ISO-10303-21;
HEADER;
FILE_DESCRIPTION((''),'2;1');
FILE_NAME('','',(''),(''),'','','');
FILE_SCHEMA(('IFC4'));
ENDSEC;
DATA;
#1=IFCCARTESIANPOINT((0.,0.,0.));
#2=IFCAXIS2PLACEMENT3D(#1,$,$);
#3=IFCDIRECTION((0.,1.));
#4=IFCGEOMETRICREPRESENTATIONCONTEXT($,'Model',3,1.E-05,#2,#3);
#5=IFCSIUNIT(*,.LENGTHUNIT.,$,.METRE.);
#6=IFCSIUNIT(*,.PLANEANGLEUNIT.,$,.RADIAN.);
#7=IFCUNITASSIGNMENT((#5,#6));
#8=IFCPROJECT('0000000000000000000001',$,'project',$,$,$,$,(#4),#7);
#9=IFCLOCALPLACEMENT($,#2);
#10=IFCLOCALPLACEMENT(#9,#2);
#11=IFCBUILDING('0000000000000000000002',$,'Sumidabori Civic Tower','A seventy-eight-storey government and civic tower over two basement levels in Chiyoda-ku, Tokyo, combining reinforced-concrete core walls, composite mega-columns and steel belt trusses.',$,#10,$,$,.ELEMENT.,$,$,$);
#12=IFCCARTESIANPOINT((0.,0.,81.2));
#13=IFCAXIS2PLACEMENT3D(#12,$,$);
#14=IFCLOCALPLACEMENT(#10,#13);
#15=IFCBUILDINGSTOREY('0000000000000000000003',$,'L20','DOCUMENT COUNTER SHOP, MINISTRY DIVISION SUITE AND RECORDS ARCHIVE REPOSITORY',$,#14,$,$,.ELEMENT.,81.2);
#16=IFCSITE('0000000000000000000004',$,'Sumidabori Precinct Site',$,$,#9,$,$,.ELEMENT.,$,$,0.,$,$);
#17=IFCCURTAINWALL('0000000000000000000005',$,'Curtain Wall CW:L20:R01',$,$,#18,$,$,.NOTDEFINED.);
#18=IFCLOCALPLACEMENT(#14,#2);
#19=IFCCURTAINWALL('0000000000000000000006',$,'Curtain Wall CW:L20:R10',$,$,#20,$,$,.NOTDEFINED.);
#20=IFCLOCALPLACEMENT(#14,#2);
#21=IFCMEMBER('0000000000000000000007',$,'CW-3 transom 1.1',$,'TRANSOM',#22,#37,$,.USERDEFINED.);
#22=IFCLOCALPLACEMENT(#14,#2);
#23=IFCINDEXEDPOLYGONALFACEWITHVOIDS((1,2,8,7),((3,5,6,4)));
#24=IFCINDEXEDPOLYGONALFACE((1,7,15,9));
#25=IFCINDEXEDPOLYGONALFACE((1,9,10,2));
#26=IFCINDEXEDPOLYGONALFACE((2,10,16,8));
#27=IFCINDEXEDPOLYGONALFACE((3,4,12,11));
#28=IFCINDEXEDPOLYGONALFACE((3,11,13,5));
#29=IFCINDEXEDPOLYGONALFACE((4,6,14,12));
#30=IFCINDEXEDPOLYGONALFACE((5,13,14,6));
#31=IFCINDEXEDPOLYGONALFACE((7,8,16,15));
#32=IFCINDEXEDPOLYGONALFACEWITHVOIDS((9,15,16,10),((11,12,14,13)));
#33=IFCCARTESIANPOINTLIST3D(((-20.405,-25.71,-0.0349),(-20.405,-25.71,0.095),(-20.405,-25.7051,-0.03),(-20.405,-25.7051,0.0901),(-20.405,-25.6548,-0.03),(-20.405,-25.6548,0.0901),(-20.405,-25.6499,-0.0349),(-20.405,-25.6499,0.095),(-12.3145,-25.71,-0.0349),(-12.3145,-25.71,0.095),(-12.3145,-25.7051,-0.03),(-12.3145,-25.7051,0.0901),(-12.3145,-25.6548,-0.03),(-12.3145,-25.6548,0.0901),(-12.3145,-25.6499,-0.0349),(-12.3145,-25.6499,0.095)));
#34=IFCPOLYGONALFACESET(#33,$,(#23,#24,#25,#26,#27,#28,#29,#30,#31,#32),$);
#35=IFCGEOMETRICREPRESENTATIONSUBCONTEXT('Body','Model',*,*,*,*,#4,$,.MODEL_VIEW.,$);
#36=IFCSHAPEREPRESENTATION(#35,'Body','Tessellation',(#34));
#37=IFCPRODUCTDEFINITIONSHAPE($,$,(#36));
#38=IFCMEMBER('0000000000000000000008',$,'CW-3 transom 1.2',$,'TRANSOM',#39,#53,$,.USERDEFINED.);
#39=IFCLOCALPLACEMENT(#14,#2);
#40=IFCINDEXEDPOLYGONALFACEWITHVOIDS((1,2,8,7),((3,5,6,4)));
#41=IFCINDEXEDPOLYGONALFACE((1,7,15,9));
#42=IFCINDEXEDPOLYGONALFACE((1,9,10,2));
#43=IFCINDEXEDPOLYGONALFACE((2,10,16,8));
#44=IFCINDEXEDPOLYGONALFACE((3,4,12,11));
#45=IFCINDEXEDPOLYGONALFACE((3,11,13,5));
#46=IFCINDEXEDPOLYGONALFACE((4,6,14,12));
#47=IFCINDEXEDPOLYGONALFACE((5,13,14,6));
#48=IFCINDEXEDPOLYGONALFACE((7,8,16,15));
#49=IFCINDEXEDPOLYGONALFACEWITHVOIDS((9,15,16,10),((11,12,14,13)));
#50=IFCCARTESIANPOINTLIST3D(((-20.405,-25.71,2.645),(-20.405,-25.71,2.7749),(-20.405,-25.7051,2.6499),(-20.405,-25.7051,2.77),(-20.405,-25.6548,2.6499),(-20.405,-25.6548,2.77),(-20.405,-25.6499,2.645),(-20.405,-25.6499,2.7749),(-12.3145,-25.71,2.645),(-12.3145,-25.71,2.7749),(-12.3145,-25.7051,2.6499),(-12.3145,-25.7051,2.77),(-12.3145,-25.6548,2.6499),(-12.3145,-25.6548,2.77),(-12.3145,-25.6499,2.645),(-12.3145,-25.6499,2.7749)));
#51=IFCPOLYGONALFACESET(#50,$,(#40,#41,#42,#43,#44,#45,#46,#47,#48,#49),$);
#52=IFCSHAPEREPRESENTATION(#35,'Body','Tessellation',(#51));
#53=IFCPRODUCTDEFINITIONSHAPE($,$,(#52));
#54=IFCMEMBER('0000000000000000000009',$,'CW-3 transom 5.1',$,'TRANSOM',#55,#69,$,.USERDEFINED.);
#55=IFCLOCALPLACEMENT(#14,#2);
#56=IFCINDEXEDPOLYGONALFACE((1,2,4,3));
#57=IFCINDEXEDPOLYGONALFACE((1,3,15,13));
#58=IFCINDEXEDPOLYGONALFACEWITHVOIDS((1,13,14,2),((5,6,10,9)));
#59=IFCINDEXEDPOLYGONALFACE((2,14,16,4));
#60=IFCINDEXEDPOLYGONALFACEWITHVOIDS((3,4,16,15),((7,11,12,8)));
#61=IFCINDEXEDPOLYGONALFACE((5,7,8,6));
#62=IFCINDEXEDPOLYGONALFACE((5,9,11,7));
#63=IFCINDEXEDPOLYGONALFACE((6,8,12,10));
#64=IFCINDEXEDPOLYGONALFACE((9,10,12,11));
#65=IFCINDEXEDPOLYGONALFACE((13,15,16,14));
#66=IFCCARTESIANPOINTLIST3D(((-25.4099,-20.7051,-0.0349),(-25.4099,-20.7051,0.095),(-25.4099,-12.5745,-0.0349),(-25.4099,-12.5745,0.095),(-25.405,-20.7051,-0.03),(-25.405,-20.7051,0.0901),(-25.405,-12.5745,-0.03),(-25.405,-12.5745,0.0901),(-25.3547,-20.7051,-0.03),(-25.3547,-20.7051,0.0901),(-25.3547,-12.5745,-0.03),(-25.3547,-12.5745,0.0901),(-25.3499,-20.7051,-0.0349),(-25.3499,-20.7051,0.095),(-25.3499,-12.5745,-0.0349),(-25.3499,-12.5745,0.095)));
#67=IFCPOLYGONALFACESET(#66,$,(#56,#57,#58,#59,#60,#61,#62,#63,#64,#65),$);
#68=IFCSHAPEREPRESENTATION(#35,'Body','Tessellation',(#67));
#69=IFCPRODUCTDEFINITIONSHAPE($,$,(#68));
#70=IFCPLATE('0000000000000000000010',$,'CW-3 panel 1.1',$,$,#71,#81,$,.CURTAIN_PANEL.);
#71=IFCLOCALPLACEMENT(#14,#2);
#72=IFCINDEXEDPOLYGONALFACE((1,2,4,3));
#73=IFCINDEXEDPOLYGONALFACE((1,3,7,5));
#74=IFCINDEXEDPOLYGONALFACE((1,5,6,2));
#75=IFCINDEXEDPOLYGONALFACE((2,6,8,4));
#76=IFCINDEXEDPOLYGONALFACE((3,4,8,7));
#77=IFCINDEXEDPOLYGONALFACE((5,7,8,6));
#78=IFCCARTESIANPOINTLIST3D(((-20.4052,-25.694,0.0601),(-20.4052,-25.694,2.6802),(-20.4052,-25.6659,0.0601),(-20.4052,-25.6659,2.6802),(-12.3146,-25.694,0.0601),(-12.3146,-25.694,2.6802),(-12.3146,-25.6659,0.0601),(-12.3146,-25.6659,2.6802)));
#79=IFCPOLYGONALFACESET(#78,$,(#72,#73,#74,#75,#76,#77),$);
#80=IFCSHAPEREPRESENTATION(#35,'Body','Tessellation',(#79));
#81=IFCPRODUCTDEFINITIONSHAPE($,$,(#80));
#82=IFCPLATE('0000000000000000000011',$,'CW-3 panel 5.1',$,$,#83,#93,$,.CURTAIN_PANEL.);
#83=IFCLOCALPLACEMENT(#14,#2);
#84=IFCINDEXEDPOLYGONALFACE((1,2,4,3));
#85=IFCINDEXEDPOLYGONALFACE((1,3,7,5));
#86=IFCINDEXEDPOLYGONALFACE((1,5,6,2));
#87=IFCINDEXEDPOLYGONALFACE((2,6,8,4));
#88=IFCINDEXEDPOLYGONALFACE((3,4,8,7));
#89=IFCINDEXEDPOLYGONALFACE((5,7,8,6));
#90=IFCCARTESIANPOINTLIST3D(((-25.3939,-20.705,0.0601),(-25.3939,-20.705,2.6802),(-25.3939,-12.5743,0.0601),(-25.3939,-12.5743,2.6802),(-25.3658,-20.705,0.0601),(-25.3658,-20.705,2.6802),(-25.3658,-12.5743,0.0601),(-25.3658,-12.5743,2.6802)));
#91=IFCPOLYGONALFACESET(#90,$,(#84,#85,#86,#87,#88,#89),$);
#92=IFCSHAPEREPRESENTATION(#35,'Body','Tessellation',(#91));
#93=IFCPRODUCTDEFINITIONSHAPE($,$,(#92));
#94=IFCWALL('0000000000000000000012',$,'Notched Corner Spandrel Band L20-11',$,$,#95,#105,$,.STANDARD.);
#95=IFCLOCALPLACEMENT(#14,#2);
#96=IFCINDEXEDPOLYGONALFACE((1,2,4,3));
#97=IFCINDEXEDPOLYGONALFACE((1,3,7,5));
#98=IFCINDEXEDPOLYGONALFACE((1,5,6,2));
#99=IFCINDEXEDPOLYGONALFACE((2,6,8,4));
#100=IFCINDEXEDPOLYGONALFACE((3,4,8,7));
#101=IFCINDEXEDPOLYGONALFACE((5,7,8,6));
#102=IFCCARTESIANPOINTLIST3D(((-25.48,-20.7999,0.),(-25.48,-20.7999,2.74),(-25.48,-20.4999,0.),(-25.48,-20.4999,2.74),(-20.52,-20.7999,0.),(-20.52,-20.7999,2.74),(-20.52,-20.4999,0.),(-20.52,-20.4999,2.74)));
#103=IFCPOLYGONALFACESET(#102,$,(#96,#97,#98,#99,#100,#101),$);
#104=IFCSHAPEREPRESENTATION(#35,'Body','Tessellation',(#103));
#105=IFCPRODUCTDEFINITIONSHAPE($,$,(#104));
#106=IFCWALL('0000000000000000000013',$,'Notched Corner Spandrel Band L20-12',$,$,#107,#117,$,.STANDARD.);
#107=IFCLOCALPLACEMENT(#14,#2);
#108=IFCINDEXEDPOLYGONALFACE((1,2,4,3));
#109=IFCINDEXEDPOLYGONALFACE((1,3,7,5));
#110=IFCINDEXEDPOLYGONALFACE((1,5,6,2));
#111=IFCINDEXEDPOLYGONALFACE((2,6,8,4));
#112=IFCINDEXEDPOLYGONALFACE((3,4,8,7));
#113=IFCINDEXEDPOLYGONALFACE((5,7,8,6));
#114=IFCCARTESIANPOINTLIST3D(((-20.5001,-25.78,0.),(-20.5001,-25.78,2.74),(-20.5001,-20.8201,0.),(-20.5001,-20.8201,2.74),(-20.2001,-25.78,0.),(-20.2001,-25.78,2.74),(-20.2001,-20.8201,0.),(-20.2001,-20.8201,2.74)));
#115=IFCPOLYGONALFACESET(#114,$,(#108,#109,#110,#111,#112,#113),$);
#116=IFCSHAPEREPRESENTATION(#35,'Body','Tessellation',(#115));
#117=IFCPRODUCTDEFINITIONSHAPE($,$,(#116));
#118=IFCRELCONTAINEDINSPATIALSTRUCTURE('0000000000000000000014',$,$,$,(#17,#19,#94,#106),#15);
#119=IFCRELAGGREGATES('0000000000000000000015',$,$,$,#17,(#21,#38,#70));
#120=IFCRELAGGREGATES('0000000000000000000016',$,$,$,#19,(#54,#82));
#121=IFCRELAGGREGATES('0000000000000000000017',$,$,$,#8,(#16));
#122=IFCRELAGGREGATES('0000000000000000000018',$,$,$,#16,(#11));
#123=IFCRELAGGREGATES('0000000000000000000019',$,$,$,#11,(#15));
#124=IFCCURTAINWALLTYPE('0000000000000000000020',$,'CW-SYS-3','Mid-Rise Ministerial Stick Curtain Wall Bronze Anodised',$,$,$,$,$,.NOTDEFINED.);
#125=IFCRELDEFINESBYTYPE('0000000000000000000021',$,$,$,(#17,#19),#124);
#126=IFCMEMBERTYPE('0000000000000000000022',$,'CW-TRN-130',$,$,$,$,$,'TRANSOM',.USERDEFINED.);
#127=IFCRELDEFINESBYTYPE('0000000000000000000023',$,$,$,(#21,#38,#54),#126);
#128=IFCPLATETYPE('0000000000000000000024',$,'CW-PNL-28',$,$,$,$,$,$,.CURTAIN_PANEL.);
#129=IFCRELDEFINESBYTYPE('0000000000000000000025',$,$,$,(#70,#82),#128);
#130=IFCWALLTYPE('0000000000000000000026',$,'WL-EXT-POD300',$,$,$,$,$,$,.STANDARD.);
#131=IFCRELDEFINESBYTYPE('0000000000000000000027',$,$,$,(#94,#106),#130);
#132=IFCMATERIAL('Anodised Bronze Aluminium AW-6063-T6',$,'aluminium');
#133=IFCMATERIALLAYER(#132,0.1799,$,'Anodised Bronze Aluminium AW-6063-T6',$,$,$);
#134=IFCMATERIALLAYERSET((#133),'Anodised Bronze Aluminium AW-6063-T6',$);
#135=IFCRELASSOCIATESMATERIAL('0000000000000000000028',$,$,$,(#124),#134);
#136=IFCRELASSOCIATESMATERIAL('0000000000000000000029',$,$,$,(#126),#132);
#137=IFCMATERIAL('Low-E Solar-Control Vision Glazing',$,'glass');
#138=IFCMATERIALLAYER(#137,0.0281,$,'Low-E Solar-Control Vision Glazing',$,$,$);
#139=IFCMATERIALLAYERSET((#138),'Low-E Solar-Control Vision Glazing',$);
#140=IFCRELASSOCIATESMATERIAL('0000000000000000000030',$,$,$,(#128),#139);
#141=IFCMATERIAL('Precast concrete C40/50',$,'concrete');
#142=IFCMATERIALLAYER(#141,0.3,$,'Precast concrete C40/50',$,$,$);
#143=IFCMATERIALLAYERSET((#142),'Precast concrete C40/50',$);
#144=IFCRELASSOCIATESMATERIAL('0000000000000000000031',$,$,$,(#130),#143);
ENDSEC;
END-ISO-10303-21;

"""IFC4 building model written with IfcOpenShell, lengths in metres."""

from ifc_helpers import new_model, si_unit, direction, frame, frame_2d, origin, origin_2d, place, context, subcontext, project, spatial, rectangle, hollow_rectangle, extrude, source, transform, mapped, material, layer, layer_set, material_profile, profile_set, type_object, element, aggregate, save


model = new_model("IFC4")

# Units and contexts
model_context = context("Model", 3, precision=1e-05, world=origin(), true_north=direction((0.0, 1.0)))
body_context = subcontext(model_context, "Body", "Model", "MODEL_VIEW")
ifc_project = project(units=[si_unit("LENGTHUNIT", "METRE"), si_unit("PLANEANGLEUNIT", "RADIAN")], contexts=[model_context])

# Site, building, storey
site_placement = place(None, origin())
site = spatial("IfcSite", under=ifc_project, at=site_placement, Name="Sumidabori Precinct Site", CompositionType="ELEMENT", RefElevation=0.0)
building_placement = place(site_placement, origin())
building = spatial("IfcBuilding", under=site, at=building_placement, Name="Sumidabori Civic Tower", Description="A seventy-eight-storey government and civic tower over two basement levels in Chiyoda-ku, Tokyo, combining reinforced-concrete core walls, composite mega-columns and steel belt trusses.", CompositionType="ELEMENT")
storey_placement = place(building_placement, frame((0.0, 0.0, 81.2)))
storey = spatial("IfcBuildingStorey", under=building, at=storey_placement, Name="L20", Description="DOCUMENT COUNTER SHOP, MINISTRY DIVISION SUITE AND RECORDS ARCHIVE REPOSITORY", CompositionType="ELEMENT", Elevation=81.2)

# Curtain walls
ifc_material_1 = material(Name="Anodised Bronze Aluminium AW-6063-T6", Category="aluminium")
ifc_layer_1 = layer(ifc_material_1, 0.1799, Name="Anodised Bronze Aluminium AW-6063-T6")
ifc_layer_set_1 = layer_set([ifc_layer_1], Name="Anodised Bronze Aluminium AW-6063-T6")
curtain_wall_type = type_object("IfcCurtainWallType", Name="CW-SYS-3", Description="Mid-Rise Ministerial Stick Curtain Wall Bronze Anodised", PredefinedType="NOTDEFINED", material=ifc_layer_set_1)
curtain_wall_1_placement = place(storey_placement, origin())
curtain_wall_1 = element("IfcCurtainWall", 1, at=curtain_wall_1_placement, inside=storey, type_object=curtain_wall_type, Name="Curtain Wall CW:L20:R01", PredefinedType="NOTDEFINED")
curtain_wall_2_placement = place(storey_placement, origin())
curtain_wall_2 = element("IfcCurtainWall", 2, at=curtain_wall_2_placement, inside=storey, type_object=curtain_wall_type, Name="Curtain Wall CW:L20:R10", PredefinedType="NOTDEFINED")

# Members
ifc_material_profile_1 = material_profile(ifc_material_1, hollow_rectangle(XDim=0.0601, YDim=0.1299, WallThickness=0.0049, at=origin_2d()), Name="ALU TRANSOM 130x60")
ifc_profile_set_1 = profile_set([ifc_material_profile_1], Name="Anodised Bronze Aluminium AW-6063-T6")
member_type_1 = type_object("IfcMemberType", Name="CW-TRN-130", ElementType="TRANSOM", PredefinedType="USERDEFINED", material=ifc_profile_set_1)
shared_shape_1 = source(origin(), body_context, "Body", "SweptSolid", [
    extrude(hollow_rectangle(XDim=0.0601, YDim=0.1299, WallThickness=0.0049, at=origin_2d()), origin(), (0.0, 0.0, 1.0), 8.0906),
])
member_1_placement = place(storey_placement, frame((-20.405, -25.6799, 0.03), z_axis=(1.0, 0.0, 0.0), x_axis=(0.0, 1.0, 0.0)))
member_1 = element("IfcMember", 3, at=member_1_placement, type_object=member_type_1, Name="CW-3 transom 1.1", ObjectType="TRANSOM", PredefinedType="USERDEFINED", context=body_context, shape_type="MappedRepresentation", body=[
    mapped(shared_shape_1, transform((0.0, 0.0, 0.0), x_axis=(1.0, 0.0, 0.0), y_axis=(0.0, 1.0, 0.0), z_axis=(0.0, 0.0, 1.0), scale=1.0)),
])
member_2_placement = place(storey_placement, frame((-20.405, -25.6799, 2.71), z_axis=(1.0, 0.0, 0.0), x_axis=(0.0, 1.0, 0.0)))
member_2 = element("IfcMember", 4, at=member_2_placement, type_object=member_type_1, Name="CW-3 transom 1.2", ObjectType="TRANSOM", PredefinedType="USERDEFINED", context=body_context, shape_type="MappedRepresentation", body=[
    mapped(shared_shape_1, transform((0.0, 0.0, 0.0), x_axis=(1.0, 0.0, 0.0), y_axis=(0.0, 1.0, 0.0), z_axis=(0.0, 0.0, 1.0), scale=1.0)),
])
shared_shape_2 = source(origin(), body_context, "Body", "SweptSolid", [
    extrude(hollow_rectangle(XDim=0.0601, YDim=0.1299, WallThickness=0.0049, at=origin_2d()), origin(), (0.0, 0.0, 1.0), 8.1306),
])
member_3_placement = place(storey_placement, frame((-25.3799, -12.5745, 0.03), z_axis=(0.0, -1.0, 0.0), x_axis=(1.0, 0.0, 0.0)))
member_3 = element("IfcMember", 5, at=member_3_placement, type_object=member_type_1, Name="CW-3 transom 5.1", ObjectType="TRANSOM", PredefinedType="USERDEFINED", context=body_context, shape_type="MappedRepresentation", body=[
    mapped(shared_shape_2, transform((0.0, 0.0, 0.0), x_axis=(1.0, 0.0, 0.0), y_axis=(0.0, 1.0, 0.0), z_axis=(0.0, 0.0, 1.0), scale=1.0)),
])

# Plates
ifc_material_2 = material(Name="Low-E Solar-Control Vision Glazing", Category="glass")
ifc_layer_2 = layer(ifc_material_2, 0.0281, Name="Low-E Solar-Control Vision Glazing")
ifc_layer_set_2 = layer_set([ifc_layer_2], Name="Low-E Solar-Control Vision Glazing")
plate_type = type_object("IfcPlateType", Name="CW-PNL-28", PredefinedType="CURTAIN_PANEL", material=ifc_layer_set_2)
shared_shape_3 = source(origin(), body_context, "Body", "SweptSolid", [
    extrude(rectangle(XDim=8.0906, YDim=0.0281, at=origin_2d()), origin(), (0.0, 0.0, 1.0), 2.6201),
])
plate_1_placement = place(storey_placement, frame((-16.3599, -25.6799, 0.0601), z_axis=(0.0, 0.0, 1.0), x_axis=(1.0, 0.0, 0.0)))
plate_1 = element("IfcPlate", 6, at=plate_1_placement, type_object=plate_type, Name="CW-3 panel 1.1", PredefinedType="CURTAIN_PANEL", context=body_context, shape_type="MappedRepresentation", body=[
    mapped(shared_shape_3, transform((0.0, 0.0, 0.0), x_axis=(1.0, 0.0, 0.0), y_axis=(0.0, 1.0, 0.0), z_axis=(0.0, 0.0, 1.0), scale=1.0)),
])
aggregate(curtain_wall_1, [member_1, member_2, plate_1])
shared_shape_4 = source(origin(), body_context, "Body", "SweptSolid", [
    extrude(rectangle(XDim=8.1306, YDim=0.0281, at=origin_2d()), origin(), (0.0, 0.0, 1.0), 2.6201),
])
plate_2_placement = place(storey_placement, frame((-25.3799, -16.6396, 0.0601), z_axis=(0.0, 0.0, 1.0), x_axis=(0.0, -1.0, 0.0)))
plate_2 = element("IfcPlate", 7, at=plate_2_placement, type_object=plate_type, Name="CW-3 panel 5.1", PredefinedType="CURTAIN_PANEL", context=body_context, shape_type="MappedRepresentation", body=[
    mapped(shared_shape_4, transform((0.0, 0.0, 0.0), x_axis=(1.0, 0.0, 0.0), y_axis=(0.0, 1.0, 0.0), z_axis=(0.0, 0.0, 1.0), scale=1.0)),
])
aggregate(curtain_wall_2, [member_3, plate_2])

# Walls
ifc_material_3 = material(Name="Precast concrete C40/50", Category="concrete")
ifc_layer_3 = layer(ifc_material_3, 0.3, Name="Precast concrete C40/50")
ifc_layer_set_3 = layer_set([ifc_layer_3], Name="Precast concrete C40/50")
wall_type_1 = type_object("IfcWallType", Name="WL-EXT-POD300", PredefinedType="STANDARD", material=ifc_layer_set_3)
shared_shape_5 = source(origin(), body_context, "Body", "SweptSolid", [
    extrude(rectangle(XDim=4.96, YDim=0.3, at=frame_2d((2.48, 0.0))), origin(), (0.0, 0.0, 1.0), 2.74),
])
for number, where, z_axis, x_axis, name in (
    (8, (-25.48, -20.6499, 0.0), (0.0, 0.0, 1.0), (1.0, 0.0, 0.0), "Notched Corner Spandrel Band L20-11"),
    (9, (-20.3501, -20.8201, 0.0), (0.0, 0.0, 1.0), (0.0, -1.0, 0.0), "Notched Corner Spandrel Band L20-12"),
):
    element("IfcWall", number, at=place(storey_placement, frame(where, z_axis=z_axis, x_axis=x_axis)), inside=storey, type_object=wall_type_1, Name=name, PredefinedType="STANDARD", context=body_context, shape_type="MappedRepresentation", body=[
        mapped(shared_shape_5, transform((0.0, 0.0, 0.0), x_axis=(1.0, 0.0, 0.0), y_axis=(0.0, 1.0, 0.0), z_axis=(0.0, 0.0, 1.0), scale=1.0)),
    ])

save(model, "model.ifc")
